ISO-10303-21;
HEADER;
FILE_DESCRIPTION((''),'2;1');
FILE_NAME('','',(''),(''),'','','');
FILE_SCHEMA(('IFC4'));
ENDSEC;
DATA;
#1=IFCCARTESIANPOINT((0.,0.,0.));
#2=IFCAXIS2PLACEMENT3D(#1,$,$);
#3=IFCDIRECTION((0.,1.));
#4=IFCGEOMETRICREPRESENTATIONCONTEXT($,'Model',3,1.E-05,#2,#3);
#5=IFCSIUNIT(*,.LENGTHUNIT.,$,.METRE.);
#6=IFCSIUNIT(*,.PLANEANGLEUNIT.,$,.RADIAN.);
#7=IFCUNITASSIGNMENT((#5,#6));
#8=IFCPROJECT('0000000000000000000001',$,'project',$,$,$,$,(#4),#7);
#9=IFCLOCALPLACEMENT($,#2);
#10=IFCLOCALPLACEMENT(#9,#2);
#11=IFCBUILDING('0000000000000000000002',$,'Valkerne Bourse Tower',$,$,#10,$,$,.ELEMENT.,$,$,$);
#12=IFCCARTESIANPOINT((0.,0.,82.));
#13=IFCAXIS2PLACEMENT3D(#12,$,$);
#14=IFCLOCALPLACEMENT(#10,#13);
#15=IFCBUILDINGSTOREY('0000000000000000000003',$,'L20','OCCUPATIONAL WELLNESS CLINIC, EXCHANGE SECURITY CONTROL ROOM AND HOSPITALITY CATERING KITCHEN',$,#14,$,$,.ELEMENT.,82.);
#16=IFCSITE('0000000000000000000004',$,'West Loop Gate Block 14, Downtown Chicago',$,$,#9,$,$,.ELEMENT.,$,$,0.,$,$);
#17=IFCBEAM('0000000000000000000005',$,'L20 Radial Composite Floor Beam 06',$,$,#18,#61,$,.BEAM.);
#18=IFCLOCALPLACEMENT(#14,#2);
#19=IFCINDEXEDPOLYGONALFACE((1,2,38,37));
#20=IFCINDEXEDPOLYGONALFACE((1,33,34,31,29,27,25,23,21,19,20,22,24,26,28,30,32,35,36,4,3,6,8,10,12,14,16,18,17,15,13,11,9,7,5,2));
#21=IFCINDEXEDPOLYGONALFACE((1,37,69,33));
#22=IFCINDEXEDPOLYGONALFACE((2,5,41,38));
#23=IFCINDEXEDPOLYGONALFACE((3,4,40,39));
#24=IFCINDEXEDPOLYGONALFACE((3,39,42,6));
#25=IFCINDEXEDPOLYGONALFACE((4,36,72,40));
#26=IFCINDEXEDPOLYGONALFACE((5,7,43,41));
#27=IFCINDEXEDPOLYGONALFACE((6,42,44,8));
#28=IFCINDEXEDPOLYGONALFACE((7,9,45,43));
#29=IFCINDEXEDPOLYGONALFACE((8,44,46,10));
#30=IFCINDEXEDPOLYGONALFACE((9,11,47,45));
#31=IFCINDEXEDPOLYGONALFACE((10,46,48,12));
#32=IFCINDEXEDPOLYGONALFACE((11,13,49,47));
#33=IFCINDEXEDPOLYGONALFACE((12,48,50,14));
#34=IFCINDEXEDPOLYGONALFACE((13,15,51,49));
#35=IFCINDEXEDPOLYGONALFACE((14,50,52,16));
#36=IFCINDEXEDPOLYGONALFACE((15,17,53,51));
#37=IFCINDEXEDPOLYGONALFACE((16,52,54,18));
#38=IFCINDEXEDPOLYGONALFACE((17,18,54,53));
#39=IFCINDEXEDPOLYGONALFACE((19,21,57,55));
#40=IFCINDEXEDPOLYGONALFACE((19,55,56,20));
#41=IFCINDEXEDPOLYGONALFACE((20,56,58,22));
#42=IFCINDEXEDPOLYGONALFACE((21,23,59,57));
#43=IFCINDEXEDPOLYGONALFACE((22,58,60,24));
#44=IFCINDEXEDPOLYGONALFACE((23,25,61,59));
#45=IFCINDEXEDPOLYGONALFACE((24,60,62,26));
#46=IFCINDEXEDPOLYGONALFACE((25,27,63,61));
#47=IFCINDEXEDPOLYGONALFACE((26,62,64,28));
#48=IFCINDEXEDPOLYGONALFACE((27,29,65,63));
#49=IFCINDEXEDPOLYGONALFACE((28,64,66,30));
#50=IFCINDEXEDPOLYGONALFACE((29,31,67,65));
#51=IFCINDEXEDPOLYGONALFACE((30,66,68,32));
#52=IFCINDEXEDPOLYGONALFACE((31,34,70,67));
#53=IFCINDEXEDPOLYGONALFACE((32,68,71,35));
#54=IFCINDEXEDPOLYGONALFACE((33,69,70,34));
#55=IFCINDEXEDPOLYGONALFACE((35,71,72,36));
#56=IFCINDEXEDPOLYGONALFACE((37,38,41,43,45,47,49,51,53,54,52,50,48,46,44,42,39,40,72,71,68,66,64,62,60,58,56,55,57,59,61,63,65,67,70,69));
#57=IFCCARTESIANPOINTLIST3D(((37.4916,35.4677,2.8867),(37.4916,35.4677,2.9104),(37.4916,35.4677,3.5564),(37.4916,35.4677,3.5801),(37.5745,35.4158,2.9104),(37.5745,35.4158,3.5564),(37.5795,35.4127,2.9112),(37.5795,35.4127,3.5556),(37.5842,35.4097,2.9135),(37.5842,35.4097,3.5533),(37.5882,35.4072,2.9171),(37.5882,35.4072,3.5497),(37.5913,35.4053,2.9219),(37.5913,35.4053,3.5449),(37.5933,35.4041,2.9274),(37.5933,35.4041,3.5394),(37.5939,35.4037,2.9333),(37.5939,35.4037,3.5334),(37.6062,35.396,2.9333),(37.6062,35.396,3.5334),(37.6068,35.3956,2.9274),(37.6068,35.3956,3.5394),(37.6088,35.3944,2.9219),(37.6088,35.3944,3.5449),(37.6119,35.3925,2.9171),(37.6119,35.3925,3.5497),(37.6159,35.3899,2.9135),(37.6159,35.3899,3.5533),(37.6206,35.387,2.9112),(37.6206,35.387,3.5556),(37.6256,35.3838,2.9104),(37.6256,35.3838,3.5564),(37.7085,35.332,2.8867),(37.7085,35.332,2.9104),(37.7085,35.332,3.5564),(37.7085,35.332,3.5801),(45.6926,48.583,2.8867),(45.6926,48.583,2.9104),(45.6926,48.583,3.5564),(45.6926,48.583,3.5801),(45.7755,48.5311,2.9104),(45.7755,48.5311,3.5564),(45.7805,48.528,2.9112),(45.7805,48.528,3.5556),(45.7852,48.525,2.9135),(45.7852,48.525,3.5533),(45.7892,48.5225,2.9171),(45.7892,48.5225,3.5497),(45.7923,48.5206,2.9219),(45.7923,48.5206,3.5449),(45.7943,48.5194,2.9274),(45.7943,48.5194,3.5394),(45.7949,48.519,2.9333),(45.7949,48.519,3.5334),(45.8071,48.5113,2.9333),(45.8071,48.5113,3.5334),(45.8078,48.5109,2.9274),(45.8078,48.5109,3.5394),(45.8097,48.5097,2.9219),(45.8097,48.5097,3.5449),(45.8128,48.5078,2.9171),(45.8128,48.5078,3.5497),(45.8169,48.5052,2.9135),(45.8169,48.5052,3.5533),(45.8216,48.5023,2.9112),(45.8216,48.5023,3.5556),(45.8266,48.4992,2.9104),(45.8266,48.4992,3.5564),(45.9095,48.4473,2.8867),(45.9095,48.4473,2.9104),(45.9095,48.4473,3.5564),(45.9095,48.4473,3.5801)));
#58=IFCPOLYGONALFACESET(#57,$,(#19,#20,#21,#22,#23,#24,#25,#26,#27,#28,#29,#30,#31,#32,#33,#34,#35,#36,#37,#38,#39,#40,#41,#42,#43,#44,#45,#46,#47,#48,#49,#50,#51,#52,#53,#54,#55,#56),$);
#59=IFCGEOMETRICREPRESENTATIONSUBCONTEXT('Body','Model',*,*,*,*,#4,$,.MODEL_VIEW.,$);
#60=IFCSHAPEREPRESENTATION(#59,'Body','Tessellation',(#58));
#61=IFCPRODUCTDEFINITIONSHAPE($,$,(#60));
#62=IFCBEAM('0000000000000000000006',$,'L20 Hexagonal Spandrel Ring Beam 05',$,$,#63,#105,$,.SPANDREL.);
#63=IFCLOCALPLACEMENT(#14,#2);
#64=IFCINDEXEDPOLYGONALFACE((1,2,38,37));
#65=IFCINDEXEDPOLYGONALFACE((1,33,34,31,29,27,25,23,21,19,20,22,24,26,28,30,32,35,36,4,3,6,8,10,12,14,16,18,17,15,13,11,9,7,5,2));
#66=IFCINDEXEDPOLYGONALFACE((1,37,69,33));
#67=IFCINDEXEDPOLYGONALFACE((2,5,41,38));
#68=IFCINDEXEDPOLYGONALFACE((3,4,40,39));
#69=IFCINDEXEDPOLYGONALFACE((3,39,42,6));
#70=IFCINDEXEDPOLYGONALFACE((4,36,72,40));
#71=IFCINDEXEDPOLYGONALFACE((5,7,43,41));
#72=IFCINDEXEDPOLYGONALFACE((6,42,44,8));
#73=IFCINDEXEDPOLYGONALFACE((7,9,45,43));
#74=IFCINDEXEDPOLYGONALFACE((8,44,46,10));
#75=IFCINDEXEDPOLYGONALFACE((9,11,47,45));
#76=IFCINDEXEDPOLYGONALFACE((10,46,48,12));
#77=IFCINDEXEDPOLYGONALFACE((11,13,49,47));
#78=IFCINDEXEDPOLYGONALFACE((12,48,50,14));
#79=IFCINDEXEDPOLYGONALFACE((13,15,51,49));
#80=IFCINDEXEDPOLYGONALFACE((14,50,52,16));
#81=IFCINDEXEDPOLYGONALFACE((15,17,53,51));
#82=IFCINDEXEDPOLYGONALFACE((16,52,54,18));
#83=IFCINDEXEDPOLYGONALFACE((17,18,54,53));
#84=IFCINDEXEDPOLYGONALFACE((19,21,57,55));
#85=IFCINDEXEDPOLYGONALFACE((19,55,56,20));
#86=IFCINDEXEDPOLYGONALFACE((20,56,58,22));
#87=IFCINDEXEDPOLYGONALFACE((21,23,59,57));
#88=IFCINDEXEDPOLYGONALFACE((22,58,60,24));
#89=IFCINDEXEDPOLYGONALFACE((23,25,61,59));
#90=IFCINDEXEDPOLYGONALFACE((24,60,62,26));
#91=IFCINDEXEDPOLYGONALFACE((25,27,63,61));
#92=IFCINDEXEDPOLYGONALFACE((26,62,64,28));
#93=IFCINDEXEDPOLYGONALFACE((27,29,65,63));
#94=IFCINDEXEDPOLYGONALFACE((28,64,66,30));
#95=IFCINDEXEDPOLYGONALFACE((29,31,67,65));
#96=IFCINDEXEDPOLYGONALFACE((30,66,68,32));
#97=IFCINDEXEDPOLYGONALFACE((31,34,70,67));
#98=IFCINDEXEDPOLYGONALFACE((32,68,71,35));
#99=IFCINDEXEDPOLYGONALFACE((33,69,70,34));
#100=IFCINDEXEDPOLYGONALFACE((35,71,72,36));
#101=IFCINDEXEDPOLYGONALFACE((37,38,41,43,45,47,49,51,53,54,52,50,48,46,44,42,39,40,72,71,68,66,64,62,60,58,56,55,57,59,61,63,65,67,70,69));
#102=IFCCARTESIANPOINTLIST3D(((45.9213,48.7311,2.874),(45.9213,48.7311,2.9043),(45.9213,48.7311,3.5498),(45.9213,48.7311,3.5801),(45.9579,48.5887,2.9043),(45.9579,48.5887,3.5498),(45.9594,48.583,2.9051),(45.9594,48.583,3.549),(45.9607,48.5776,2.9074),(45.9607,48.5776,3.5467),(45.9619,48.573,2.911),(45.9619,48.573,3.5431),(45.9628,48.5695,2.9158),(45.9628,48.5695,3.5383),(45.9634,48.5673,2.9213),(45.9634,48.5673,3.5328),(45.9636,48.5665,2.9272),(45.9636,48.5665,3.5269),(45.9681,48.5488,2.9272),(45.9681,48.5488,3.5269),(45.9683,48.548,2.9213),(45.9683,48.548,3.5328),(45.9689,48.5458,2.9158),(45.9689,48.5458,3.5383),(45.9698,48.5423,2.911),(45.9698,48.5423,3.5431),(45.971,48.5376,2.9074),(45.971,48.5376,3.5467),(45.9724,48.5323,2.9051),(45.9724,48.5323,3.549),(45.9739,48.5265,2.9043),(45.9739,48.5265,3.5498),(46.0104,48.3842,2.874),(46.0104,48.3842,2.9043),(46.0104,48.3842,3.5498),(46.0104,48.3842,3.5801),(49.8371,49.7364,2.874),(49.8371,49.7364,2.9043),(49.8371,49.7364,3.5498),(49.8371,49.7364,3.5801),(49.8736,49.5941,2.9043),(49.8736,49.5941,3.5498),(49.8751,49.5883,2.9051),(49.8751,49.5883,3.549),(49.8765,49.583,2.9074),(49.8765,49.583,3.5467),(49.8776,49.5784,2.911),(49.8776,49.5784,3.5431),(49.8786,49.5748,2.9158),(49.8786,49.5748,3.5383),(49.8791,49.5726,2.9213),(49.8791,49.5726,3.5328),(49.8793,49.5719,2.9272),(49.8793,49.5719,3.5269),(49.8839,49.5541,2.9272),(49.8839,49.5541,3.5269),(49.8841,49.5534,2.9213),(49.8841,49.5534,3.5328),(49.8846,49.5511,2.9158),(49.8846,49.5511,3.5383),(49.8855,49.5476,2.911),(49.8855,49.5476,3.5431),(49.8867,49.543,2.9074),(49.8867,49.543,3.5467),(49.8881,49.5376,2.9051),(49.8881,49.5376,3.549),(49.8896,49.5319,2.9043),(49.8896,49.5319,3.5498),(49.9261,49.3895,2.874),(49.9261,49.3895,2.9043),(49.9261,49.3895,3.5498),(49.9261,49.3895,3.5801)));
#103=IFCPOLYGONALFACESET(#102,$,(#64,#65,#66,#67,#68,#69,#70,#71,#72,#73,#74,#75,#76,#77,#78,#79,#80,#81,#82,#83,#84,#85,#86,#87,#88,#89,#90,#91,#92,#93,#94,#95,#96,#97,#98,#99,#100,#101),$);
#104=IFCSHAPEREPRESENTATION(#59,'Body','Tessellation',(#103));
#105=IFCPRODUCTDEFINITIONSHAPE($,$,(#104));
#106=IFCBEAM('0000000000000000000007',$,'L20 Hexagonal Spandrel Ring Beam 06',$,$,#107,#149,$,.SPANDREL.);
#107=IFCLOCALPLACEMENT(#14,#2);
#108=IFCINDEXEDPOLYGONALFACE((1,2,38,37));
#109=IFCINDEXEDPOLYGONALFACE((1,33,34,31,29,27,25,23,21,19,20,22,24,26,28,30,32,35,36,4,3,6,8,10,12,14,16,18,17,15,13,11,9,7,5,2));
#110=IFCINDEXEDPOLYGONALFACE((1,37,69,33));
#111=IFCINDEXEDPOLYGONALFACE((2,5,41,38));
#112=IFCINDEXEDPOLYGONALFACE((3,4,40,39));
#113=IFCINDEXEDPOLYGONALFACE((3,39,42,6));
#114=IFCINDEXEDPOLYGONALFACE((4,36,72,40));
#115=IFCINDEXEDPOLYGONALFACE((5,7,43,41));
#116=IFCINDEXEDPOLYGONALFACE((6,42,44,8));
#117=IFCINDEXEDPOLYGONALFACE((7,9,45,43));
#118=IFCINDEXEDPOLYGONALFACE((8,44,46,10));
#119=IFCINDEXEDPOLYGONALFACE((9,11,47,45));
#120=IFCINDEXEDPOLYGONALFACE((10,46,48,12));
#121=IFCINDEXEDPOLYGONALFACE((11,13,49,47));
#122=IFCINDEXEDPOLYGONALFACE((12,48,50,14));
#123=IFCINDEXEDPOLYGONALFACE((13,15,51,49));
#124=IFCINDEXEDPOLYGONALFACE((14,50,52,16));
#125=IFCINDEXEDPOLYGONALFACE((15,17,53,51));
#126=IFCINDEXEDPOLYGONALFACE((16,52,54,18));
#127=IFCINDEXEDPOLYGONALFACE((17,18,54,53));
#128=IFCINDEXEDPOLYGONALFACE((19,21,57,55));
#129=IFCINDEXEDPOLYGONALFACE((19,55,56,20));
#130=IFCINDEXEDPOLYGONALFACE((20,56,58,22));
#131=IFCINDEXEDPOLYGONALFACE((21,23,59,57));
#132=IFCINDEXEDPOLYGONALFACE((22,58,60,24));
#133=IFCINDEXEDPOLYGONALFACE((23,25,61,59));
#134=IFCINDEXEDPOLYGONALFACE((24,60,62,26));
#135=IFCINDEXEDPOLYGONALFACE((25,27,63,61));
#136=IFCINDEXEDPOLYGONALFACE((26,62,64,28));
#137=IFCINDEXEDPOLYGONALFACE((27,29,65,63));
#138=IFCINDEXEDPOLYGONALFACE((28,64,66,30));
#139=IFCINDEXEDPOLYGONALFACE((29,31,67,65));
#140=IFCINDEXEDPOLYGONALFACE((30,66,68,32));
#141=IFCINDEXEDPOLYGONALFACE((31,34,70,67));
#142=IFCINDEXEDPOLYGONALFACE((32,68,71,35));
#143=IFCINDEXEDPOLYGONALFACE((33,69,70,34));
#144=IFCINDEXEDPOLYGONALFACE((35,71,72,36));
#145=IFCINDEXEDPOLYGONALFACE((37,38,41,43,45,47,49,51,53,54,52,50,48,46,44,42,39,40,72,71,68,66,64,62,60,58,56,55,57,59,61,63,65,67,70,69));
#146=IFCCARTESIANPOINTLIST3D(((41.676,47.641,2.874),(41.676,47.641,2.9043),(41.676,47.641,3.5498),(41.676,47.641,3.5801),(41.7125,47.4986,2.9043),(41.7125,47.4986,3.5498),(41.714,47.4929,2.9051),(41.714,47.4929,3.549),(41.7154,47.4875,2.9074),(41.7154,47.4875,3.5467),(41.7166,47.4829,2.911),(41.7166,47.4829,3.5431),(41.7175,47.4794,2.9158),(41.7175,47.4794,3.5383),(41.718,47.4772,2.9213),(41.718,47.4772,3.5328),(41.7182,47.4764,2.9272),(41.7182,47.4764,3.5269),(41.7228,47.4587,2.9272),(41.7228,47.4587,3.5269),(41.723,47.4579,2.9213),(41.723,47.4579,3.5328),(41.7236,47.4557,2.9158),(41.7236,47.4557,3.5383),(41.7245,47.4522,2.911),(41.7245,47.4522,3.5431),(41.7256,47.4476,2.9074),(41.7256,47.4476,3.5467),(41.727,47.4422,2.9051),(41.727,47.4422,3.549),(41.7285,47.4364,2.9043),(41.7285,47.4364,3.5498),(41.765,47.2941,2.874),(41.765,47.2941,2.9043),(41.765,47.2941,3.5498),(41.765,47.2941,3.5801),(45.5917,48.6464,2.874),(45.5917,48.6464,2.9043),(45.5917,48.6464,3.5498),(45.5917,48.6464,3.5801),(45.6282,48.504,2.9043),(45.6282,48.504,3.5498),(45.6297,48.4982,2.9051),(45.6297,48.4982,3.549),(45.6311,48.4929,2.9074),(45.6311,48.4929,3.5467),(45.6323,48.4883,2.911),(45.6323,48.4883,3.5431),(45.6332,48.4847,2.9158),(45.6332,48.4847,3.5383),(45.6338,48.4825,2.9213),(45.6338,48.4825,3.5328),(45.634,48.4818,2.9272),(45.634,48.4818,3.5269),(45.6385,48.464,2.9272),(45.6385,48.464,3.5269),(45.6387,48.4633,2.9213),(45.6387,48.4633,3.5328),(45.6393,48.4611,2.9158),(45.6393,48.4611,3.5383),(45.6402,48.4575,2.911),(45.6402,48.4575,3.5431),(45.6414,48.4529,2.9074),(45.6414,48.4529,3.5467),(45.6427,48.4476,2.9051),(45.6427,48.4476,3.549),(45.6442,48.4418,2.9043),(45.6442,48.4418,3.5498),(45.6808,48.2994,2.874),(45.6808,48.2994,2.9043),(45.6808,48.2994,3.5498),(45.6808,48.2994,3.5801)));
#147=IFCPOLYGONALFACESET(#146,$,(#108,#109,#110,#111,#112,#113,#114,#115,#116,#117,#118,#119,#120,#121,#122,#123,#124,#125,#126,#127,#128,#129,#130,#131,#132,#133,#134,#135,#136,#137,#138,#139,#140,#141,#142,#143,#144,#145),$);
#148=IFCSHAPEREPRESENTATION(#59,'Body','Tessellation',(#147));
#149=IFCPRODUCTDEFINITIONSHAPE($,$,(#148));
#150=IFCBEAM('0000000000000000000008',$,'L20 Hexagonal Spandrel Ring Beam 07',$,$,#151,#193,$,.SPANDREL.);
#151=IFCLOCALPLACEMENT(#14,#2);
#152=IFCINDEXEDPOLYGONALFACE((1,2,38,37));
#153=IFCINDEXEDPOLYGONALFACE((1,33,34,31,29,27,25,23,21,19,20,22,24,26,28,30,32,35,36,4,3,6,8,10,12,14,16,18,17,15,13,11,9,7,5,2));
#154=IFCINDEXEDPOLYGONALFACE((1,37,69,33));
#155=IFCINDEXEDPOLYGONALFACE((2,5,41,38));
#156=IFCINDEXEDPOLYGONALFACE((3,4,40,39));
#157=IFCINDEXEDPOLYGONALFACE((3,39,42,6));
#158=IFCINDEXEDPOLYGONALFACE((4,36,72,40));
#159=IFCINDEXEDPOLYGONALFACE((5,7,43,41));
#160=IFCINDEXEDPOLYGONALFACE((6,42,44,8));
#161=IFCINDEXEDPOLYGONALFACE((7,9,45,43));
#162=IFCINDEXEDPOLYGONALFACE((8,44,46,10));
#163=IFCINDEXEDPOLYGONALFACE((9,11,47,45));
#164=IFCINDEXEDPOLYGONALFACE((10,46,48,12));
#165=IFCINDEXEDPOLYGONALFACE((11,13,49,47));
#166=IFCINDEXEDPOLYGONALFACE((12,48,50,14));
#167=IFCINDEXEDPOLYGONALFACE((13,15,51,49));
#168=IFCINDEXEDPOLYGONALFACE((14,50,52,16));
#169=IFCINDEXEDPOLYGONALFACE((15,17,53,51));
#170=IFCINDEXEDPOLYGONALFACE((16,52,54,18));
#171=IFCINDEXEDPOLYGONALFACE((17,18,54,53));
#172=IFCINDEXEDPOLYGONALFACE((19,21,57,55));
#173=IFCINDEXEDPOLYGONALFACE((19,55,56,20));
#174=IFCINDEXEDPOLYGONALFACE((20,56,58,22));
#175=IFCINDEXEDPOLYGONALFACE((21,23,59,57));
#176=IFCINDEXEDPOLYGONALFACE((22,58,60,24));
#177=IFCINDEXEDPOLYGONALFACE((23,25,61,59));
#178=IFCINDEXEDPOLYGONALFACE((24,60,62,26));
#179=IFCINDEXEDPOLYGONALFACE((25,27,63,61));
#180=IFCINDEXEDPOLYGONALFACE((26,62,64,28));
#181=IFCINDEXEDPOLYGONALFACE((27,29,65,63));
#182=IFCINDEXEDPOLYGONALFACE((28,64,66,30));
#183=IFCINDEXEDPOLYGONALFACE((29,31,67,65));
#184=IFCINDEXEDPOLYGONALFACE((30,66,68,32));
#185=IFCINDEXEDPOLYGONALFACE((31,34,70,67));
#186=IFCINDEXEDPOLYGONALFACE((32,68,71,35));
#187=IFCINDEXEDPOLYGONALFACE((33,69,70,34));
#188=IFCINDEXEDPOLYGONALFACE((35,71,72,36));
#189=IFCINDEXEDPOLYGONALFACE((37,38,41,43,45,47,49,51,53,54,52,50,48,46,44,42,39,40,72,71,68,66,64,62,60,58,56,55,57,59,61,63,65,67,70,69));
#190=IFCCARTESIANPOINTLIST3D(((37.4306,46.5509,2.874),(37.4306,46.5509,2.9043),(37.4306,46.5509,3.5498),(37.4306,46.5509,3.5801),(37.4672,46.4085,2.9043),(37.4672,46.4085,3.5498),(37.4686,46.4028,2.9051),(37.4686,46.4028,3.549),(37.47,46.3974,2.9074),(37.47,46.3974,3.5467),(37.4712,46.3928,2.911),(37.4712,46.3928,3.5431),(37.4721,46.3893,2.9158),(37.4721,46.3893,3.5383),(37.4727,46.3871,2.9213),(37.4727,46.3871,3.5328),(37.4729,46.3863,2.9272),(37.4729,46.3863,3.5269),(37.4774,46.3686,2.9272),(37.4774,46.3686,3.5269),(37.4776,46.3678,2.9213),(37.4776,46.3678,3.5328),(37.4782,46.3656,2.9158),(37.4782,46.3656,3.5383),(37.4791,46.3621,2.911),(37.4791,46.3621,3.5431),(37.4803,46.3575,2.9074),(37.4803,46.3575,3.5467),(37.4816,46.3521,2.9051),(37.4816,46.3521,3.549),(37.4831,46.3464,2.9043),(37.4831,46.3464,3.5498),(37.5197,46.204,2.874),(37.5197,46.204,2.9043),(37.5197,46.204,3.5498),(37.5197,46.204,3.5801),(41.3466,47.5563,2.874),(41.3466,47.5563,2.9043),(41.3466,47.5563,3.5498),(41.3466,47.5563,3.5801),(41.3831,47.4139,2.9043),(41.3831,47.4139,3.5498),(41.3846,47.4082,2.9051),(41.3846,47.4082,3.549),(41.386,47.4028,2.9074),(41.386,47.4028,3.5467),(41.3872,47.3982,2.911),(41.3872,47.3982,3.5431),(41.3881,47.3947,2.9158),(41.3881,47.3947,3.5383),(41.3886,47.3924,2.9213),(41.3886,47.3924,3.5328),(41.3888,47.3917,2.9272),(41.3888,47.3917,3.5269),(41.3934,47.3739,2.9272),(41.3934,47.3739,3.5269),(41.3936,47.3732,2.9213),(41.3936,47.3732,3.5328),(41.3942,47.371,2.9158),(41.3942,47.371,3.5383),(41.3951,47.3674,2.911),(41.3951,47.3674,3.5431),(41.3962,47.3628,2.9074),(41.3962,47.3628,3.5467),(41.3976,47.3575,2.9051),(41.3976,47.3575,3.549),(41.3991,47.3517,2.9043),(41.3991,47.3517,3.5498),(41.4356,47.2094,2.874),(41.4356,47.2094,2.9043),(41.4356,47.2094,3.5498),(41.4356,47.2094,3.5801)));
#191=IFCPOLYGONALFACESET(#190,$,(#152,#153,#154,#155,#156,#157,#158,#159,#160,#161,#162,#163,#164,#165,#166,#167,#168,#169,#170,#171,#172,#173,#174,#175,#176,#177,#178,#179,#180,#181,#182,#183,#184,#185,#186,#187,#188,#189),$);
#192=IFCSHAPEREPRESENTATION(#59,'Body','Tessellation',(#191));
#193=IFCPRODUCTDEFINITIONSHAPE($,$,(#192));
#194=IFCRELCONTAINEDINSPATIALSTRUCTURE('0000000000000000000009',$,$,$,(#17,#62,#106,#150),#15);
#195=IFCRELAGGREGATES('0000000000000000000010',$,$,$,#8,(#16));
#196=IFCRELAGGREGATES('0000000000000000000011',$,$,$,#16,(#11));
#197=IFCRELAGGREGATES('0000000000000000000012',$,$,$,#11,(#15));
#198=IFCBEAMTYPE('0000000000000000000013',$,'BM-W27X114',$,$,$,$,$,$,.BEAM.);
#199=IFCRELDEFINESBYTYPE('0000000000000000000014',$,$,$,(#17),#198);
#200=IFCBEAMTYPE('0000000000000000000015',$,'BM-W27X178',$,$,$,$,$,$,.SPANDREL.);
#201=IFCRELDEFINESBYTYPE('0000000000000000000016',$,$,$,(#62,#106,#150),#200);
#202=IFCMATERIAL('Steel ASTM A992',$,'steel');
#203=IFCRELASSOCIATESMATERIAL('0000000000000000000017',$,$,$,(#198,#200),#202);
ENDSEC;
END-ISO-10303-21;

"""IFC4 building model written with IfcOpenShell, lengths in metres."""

from ifc_helpers import new_model, si_unit, direction, frame, origin, origin_2d, place, context, subcontext, project, spatial, i_section, extrude, material, material_profile, profile_set, type_object, element, save


model = new_model("IFC4")

# Units and contexts
model_context = context("Model", 3, precision=1e-05, world=origin(), true_north=direction((0.0, 1.0)))
body_context = subcontext(model_context, "Body", "Model", "MODEL_VIEW")
ifc_project = project(units=[si_unit("LENGTHUNIT", "METRE"), si_unit("PLANEANGLEUNIT", "RADIAN")], contexts=[model_context])

# Site, building, storey
site_placement = place(None, origin())
site = spatial("IfcSite", under=ifc_project, at=site_placement, Name="West Loop Gate Block 14, Downtown Chicago", CompositionType="ELEMENT", RefElevation=0.0)
building_placement = place(site_placement, origin())
building = spatial("IfcBuilding", under=site, at=building_placement, Name="Valkerne Bourse Tower", CompositionType="ELEMENT")
storey_placement = place(building_placement, frame((0.0, 0.0, 82.0)))
storey = spatial("IfcBuildingStorey", under=building, at=storey_placement, Name="L20", Description="OCCUPATIONAL WELLNESS CLINIC, EXCHANGE SECURITY CONTROL ROOM AND HOSPITALITY CATERING KITCHEN", CompositionType="ELEMENT", Elevation=82.0)

# Beams
ifc_material_1 = material(Name="Steel ASTM A992", Category="steel")
ifc_material_profile_1 = material_profile(ifc_material_1, i_section(OverallWidth=0.2559, OverallDepth=0.6934, WebThickness=0.0144, FlangeThickness=0.0237, FilletRadius=0.0229, at=origin_2d()), Name="W27X114")
ifc_profile_set_1 = profile_set([ifc_material_profile_1], Name="Steel ASTM A992")
beam_type_1 = type_object("IfcBeamType", Name="BM-W27X114", PredefinedType="BEAM", material=ifc_profile_set_1)
beam_1_placement = place(storey_placement, frame((45.801, 48.5151, 3.2334), z_axis=(-0.530181, -0.847885, 0.0), x_axis=(0.847885, -0.530181, 0.0)))
element("IfcBeam", 1, at=beam_1_placement, inside=storey, type_object=beam_type_1, Name="L20 Radial Composite Floor Beam 06", PredefinedType="BEAM", context=body_context, shape_type="SweptSolid", body=[
    extrude(i_section(OverallWidth=0.2559, OverallDepth=0.6934, WebThickness=0.0144, FlangeThickness=0.0237, FilletRadius=0.0229, at=origin_2d()), origin(), (0.0, 0.0, 1.0), 15.4683),
])
ifc_material_profile_2 = material_profile(ifc_material_1, i_section(OverallWidth=0.3582, OverallDepth=0.7061, WebThickness=0.0183, FlangeThickness=0.0303, FilletRadius=0.0229, at=origin_2d()), Name="W27X178")
ifc_profile_set_2 = profile_set([ifc_material_profile_2], Name="Steel ASTM A992")
beam_type_2 = type_object("IfcBeamType", Name="BM-W27X178", PredefinedType="SPANDREL", material=ifc_profile_set_2)
for number, where, z_axis, x_axis, name in (
    (2, (49.8816, 49.563, 3.2271), (-0.968585, -0.248683, 0.0), (0.248683, -0.968585, 0.0), "L20 Hexagonal Spandrel Ring Beam 05"),
    (3, (45.6362, 48.4729, 3.2271), (-0.968585, -0.248683, 0.0), (0.248683, -0.968585, 0.0), "L20 Hexagonal Spandrel Ring Beam 06"),
):
    element("IfcBeam", number, at=place(storey_placement, frame(where, z_axis=z_axis, x_axis=x_axis)), inside=storey, type_object=beam_type_2, Name=name, PredefinedType="SPANDREL", context=body_context, shape_type="SweptSolid", body=[
        extrude(i_section(OverallWidth=0.3582, OverallDepth=0.7061, WebThickness=0.0183, FlangeThickness=0.0303, FilletRadius=0.0229, at=origin_2d()), origin(), (0.0, 0.0, 1.0), 4.0427),
    ])
beam_2_placement = place(storey_placement, frame((41.3911, 47.3828, 3.2271), z_axis=(-0.968589, -0.248669, 0.0), x_axis=(0.248669, -0.968589, 0.0)))
element("IfcBeam", 4, at=beam_2_placement, inside=storey, type_object=beam_type_2, Name="L20 Hexagonal Spandrel Ring Beam 07", PredefinedType="SPANDREL", context=body_context, shape_type="SweptSolid", body=[
    extrude(i_section(OverallWidth=0.3582, OverallDepth=0.7061, WebThickness=0.0183, FlangeThickness=0.0303, FilletRadius=0.0229, at=origin_2d()), origin(), (0.0, 0.0, 1.0), 4.043),
])

save(model, "model.ifc")
